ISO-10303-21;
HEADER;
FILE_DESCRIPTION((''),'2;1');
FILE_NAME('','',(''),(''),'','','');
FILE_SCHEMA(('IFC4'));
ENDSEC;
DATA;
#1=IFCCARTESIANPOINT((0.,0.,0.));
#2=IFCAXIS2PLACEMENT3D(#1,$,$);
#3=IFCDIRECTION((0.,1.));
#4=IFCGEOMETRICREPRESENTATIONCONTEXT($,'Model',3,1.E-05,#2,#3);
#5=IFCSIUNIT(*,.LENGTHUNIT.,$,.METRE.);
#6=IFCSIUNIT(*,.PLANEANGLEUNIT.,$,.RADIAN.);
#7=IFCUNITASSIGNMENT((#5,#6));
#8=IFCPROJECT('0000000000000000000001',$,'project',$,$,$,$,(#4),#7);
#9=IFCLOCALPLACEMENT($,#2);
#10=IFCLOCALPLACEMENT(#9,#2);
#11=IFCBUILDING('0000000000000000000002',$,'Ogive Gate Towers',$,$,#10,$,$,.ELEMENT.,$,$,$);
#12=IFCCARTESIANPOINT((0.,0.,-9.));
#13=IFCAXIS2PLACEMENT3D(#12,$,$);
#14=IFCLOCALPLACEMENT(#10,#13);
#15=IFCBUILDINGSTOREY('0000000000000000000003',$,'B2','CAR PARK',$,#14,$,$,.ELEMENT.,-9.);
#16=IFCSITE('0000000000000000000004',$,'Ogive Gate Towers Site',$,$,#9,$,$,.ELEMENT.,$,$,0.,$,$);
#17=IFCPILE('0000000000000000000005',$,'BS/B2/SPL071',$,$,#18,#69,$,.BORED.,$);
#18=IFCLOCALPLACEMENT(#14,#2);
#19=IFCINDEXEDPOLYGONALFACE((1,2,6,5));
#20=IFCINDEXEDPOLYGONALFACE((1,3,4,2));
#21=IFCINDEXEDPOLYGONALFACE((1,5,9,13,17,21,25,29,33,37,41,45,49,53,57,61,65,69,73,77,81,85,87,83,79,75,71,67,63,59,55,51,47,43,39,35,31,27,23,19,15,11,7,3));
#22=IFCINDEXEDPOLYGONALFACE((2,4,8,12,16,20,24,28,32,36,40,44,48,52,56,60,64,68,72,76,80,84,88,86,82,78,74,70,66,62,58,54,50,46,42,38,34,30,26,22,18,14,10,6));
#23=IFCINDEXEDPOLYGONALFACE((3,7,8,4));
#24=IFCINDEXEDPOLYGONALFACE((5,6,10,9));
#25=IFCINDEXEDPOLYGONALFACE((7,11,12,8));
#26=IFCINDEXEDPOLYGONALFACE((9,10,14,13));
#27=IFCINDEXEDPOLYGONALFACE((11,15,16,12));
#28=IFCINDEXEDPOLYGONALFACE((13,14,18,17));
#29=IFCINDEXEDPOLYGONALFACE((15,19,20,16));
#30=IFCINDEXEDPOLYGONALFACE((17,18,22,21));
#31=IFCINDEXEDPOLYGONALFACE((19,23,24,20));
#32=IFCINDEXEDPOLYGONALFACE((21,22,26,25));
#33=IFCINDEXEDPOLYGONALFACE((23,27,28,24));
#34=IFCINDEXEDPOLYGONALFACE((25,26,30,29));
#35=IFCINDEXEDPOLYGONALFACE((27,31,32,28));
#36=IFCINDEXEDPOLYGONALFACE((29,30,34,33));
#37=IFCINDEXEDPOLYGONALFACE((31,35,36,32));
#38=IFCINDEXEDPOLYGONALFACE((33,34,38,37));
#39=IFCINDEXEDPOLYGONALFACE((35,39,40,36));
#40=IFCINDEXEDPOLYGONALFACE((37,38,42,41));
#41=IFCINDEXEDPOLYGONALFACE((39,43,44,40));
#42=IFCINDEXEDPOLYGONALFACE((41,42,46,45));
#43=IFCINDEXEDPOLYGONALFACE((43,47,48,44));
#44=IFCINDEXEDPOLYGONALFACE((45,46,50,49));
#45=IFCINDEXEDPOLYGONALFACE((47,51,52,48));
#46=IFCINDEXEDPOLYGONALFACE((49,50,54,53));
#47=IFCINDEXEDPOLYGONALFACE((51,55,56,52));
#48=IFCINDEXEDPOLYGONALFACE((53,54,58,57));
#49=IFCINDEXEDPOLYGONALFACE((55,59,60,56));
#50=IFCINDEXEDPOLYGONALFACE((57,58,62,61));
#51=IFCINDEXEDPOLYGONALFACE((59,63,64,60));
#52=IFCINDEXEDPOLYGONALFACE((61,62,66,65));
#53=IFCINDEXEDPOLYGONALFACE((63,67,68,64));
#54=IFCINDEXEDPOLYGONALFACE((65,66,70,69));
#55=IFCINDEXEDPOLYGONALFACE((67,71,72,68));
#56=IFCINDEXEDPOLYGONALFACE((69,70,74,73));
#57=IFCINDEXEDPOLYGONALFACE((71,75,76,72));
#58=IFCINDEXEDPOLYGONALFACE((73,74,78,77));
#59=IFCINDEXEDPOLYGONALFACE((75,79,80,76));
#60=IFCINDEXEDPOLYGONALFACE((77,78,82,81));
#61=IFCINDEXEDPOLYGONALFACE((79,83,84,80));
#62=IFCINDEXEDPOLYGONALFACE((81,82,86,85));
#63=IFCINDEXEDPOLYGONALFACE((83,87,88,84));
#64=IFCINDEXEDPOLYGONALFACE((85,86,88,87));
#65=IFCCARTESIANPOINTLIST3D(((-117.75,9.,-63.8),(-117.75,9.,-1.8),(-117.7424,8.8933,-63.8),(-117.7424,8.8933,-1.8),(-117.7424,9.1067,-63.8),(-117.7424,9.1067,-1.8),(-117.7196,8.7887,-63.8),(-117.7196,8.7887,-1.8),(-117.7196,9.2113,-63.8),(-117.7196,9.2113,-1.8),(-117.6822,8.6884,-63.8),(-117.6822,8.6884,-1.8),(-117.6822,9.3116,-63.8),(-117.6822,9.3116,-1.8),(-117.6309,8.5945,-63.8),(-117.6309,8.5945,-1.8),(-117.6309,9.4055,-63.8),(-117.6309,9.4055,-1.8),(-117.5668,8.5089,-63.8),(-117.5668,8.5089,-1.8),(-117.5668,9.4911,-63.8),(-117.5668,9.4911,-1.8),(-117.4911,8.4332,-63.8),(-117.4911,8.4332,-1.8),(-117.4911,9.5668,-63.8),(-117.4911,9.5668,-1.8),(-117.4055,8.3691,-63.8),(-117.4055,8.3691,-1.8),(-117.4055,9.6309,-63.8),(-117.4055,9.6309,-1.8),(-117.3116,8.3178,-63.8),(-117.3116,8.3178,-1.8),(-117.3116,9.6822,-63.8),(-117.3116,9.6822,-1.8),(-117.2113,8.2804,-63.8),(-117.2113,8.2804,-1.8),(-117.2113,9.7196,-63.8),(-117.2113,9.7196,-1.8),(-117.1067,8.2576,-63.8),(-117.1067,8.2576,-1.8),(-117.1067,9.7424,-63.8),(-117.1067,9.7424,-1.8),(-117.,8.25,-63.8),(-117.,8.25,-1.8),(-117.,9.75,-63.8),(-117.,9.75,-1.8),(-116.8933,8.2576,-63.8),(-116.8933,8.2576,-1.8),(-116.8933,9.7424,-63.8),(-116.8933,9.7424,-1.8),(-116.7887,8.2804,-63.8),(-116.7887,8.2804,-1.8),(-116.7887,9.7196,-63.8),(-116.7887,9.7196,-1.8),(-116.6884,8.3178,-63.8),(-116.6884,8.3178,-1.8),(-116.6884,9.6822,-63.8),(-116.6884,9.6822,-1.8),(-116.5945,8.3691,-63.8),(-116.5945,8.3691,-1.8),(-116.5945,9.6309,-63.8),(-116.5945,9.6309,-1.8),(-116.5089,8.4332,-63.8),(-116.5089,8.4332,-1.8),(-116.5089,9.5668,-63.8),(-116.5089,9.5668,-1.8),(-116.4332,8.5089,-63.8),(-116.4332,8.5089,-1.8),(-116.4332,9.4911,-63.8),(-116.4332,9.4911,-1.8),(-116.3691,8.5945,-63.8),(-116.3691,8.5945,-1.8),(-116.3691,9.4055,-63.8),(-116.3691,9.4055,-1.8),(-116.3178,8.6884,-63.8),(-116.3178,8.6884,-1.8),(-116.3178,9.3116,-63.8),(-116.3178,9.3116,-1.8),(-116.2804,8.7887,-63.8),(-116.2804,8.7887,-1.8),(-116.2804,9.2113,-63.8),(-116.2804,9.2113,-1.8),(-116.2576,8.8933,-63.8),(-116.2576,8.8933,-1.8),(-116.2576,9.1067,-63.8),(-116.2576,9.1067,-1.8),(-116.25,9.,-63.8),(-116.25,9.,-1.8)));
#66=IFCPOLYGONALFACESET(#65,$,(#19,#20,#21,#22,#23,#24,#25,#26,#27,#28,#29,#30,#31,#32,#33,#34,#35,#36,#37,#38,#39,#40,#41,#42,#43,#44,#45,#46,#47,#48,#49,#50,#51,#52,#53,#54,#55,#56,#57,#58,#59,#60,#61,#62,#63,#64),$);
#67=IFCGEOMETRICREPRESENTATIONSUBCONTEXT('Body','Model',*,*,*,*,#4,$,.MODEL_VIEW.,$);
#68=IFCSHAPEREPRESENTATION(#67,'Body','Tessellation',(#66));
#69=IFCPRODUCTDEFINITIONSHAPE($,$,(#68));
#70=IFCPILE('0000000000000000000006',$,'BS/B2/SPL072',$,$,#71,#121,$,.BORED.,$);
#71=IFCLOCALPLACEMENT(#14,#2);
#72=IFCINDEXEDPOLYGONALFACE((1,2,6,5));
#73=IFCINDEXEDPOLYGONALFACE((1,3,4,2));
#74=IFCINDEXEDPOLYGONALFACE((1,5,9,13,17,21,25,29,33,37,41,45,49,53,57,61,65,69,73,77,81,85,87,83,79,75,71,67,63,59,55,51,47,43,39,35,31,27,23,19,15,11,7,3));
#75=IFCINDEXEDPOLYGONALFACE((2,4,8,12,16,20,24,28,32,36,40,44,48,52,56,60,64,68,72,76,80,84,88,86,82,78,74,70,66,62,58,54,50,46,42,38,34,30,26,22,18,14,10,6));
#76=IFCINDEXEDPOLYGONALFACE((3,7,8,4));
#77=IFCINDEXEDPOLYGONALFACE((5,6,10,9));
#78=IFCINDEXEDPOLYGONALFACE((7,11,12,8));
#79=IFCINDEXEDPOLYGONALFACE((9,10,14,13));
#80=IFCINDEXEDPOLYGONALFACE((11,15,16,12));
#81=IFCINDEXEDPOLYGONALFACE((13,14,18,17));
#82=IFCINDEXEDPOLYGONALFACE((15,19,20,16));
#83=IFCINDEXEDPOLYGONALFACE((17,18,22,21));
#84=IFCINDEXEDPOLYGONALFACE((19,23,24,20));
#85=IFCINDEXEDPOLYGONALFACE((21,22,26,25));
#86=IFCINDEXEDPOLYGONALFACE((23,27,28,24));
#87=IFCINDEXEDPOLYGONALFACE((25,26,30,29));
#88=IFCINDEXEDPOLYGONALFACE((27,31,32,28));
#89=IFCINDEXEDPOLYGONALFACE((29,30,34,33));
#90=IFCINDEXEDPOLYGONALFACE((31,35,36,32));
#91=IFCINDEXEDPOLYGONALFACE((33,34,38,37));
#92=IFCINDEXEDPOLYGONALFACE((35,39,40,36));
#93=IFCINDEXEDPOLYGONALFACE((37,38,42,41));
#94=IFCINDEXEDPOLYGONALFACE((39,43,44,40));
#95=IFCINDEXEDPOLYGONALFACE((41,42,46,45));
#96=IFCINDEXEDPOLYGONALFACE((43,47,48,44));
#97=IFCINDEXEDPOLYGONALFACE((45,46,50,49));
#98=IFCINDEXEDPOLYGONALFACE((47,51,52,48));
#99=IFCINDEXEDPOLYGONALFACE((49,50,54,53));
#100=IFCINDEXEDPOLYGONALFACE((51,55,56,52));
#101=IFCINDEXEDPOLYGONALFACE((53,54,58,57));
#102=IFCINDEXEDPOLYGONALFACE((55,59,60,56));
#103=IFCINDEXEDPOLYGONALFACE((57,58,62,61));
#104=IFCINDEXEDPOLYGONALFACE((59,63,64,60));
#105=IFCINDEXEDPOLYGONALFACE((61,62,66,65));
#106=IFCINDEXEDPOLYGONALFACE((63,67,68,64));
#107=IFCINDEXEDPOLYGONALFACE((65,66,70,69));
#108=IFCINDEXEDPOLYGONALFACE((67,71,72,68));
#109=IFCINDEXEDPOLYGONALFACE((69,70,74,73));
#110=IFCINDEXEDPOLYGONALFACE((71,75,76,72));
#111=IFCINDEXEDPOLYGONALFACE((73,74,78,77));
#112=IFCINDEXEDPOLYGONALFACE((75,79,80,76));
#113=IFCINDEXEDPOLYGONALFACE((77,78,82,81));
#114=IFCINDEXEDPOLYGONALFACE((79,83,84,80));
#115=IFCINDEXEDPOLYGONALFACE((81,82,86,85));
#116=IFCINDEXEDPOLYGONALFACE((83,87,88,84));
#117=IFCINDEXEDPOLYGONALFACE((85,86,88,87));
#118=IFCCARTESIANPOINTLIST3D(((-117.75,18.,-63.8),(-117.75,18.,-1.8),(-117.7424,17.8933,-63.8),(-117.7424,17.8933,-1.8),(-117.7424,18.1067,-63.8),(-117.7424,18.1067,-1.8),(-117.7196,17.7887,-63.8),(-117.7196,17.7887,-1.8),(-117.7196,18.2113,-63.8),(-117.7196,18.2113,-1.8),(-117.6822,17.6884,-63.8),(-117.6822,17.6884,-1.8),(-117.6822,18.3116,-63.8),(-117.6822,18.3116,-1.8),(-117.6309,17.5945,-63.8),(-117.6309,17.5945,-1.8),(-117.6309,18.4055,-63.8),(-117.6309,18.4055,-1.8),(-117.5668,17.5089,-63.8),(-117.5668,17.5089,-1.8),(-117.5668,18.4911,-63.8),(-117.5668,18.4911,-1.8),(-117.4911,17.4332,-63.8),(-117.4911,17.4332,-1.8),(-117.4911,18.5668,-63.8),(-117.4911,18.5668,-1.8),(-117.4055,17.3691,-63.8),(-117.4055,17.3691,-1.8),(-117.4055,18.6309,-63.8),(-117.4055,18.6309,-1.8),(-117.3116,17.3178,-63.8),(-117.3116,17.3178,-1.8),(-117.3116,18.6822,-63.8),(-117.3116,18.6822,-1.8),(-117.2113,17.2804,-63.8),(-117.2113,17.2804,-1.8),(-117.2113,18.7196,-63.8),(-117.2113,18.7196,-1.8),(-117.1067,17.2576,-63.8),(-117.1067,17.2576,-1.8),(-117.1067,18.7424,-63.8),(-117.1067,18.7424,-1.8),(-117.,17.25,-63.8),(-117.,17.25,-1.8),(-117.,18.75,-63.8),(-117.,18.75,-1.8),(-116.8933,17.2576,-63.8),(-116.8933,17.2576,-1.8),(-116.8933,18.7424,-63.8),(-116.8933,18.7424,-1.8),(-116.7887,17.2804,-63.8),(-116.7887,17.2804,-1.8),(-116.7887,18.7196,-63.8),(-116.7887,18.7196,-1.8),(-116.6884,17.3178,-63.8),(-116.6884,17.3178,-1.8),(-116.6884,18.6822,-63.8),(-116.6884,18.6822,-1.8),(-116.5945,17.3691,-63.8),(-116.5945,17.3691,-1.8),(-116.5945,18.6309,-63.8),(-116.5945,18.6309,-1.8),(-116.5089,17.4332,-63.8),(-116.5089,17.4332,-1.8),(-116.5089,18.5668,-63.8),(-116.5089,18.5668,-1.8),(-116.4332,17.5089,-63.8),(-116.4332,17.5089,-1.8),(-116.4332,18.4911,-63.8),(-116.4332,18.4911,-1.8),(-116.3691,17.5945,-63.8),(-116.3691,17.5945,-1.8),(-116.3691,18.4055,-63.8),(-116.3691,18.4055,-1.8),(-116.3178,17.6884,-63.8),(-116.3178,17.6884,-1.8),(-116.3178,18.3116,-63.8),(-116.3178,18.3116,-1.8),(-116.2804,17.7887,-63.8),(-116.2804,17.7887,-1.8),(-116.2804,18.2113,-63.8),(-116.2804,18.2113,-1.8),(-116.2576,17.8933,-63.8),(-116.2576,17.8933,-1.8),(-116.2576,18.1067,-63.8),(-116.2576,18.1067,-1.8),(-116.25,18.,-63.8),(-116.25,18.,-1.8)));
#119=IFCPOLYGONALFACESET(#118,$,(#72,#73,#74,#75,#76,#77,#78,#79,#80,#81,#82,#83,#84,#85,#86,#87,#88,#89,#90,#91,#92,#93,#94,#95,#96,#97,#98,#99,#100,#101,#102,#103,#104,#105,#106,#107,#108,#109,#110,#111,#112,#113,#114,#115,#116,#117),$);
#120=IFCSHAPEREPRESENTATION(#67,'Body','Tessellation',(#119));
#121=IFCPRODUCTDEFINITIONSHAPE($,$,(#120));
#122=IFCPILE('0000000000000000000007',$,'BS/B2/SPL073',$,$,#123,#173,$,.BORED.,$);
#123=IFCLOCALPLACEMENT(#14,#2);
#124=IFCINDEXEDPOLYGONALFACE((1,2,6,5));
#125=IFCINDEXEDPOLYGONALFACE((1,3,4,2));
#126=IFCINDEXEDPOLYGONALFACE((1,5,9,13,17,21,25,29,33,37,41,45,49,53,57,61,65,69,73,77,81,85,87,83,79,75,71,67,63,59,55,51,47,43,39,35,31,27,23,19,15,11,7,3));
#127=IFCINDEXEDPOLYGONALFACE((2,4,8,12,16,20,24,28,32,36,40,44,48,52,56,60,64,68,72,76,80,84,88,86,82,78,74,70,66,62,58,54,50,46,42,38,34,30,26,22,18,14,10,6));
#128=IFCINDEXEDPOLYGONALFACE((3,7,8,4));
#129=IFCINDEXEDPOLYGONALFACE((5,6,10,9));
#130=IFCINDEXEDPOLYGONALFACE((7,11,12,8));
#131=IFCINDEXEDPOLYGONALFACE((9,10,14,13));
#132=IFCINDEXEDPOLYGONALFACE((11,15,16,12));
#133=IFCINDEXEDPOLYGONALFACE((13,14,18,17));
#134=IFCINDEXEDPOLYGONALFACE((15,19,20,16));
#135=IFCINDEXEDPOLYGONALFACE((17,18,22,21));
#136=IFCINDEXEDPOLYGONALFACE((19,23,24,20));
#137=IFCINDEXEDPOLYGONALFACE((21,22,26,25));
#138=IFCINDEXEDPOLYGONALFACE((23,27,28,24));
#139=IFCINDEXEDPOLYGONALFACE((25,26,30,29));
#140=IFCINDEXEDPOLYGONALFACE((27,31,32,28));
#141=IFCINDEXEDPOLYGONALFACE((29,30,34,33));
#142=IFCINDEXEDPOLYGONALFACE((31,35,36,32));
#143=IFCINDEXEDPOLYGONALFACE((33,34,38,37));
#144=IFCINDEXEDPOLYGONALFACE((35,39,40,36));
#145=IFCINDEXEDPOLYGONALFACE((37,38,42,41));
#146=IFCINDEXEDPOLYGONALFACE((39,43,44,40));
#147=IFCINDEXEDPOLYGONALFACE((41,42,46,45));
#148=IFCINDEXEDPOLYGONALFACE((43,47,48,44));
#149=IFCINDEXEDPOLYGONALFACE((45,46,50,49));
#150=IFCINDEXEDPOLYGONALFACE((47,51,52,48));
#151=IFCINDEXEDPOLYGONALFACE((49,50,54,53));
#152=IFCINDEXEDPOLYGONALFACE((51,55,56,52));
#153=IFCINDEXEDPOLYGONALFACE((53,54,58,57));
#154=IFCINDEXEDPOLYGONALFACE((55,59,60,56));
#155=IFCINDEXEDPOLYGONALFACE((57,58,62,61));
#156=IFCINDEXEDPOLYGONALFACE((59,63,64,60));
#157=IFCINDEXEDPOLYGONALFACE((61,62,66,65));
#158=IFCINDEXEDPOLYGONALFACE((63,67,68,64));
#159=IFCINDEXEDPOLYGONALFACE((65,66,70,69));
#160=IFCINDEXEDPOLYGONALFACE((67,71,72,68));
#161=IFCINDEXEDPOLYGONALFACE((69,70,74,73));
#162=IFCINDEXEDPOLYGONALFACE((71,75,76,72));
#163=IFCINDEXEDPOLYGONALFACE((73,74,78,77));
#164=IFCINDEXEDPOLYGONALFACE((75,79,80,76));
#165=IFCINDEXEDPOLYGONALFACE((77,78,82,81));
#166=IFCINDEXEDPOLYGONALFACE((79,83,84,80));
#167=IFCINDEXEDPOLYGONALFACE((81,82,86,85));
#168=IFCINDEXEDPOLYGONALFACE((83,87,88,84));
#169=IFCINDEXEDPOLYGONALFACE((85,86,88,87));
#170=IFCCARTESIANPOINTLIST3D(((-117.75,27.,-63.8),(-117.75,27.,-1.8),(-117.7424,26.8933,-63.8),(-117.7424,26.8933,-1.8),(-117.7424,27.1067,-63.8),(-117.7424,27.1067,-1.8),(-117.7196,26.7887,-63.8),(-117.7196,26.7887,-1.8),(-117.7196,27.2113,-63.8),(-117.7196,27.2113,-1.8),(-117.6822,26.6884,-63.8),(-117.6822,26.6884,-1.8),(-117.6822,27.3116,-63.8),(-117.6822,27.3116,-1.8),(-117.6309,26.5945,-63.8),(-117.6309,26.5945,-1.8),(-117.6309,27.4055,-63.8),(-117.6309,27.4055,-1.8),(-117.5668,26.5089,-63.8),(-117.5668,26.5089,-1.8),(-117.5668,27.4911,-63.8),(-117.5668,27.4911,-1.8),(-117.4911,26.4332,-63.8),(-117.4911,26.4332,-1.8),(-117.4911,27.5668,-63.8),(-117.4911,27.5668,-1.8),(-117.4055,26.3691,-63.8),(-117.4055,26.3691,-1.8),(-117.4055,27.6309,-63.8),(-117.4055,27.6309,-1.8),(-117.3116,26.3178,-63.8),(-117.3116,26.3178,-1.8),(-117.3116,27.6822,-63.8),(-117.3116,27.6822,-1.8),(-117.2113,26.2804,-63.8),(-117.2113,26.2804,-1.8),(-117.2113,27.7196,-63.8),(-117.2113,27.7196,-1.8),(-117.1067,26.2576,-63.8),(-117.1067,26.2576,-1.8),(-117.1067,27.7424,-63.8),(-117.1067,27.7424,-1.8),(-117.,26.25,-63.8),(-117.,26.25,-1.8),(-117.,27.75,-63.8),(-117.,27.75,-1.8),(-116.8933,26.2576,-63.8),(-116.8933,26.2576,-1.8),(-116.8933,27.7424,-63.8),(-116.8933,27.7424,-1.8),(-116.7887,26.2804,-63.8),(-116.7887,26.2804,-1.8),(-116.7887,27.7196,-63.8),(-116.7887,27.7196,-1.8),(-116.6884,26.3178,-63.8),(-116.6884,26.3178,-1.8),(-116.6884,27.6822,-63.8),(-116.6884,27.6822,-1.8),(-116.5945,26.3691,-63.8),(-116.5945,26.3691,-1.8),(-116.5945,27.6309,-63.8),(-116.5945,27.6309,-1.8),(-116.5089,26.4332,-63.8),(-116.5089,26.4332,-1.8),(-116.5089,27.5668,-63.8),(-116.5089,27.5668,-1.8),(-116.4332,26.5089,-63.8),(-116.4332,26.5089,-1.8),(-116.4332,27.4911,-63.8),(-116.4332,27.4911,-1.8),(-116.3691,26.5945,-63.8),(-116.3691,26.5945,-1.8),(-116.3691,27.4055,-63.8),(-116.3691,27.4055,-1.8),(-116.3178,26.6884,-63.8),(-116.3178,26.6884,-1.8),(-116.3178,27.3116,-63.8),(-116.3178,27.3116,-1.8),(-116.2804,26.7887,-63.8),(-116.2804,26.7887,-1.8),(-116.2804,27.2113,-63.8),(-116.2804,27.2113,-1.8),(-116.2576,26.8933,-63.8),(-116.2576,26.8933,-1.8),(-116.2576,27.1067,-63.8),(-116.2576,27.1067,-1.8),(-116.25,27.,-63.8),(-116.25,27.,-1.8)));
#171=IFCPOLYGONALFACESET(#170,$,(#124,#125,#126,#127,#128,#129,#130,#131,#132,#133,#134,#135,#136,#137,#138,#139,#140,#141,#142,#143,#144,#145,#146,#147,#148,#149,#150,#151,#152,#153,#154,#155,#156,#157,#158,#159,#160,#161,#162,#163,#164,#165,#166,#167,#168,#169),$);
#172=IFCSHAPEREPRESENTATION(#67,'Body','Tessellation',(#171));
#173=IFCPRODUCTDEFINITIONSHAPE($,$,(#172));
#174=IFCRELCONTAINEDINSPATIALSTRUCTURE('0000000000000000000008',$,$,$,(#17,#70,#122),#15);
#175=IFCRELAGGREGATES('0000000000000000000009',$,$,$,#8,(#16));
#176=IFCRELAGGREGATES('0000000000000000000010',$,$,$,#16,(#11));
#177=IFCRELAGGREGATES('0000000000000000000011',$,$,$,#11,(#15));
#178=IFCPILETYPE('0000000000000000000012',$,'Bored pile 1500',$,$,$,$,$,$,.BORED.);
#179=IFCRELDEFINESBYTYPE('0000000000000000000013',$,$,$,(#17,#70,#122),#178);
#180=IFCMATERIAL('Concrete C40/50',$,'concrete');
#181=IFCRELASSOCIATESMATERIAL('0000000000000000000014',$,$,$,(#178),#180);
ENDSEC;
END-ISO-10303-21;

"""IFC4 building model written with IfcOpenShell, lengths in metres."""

from ifc_helpers import new_model, si_unit, direction, frame, origin, origin_2d, place, context, subcontext, project, spatial, circle, extrude, material, material_profile, profile_set, type_object, element, save


model = new_model("IFC4")

# Units and contexts
model_context = context("Model", 3, precision=1e-05, world=origin(), true_north=direction((0.0, 1.0)))
body_context = subcontext(model_context, "Body", "Model", "MODEL_VIEW")
ifc_project = project(units=[si_unit("LENGTHUNIT", "METRE"), si_unit("PLANEANGLEUNIT", "RADIAN")], contexts=[model_context])

# Site, building, storey
site_placement = place(None, origin())
site = spatial("IfcSite", under=ifc_project, at=site_placement, Name="Ogive Gate Towers Site", CompositionType="ELEMENT", RefElevation=0.0)
building_placement = place(site_placement, origin())
building = spatial("IfcBuilding", under=site, at=building_placement, Name="Ogive Gate Towers", CompositionType="ELEMENT")
storey_placement = place(building_placement, frame((0.0, 0.0, -9.0)))
storey = spatial("IfcBuildingStorey", under=building, at=storey_placement, Name="B2", Description="CAR PARK", CompositionType="ELEMENT", Elevation=-9.0)

# Piles
ifc_material_1 = material(Name="Concrete C40/50", Category="concrete")
ifc_material_profile_1 = material_profile(ifc_material_1, circle(Radius=0.75, at=origin_2d()), Name="BP 1500")
ifc_profile_set_1 = profile_set([ifc_material_profile_1], Name="Concrete C40/50")
pile_type = type_object("IfcPileType", Name="Bored pile 1500", PredefinedType="BORED", material=ifc_profile_set_1)
for number, where, z_axis, x_axis, name in (
    (1, (-117.0, 9.0, -1.8), (0.0, 0.0, -1.0), (1.0, 0.0, 0.0), "BS/B2/SPL071"),
    (2, (-117.0, 18.0, -1.8), (0.0, 0.0, -1.0), (1.0, 0.0, 0.0), "BS/B2/SPL072"),
    (3, (-117.0, 27.0, -1.8), (0.0, 0.0, -1.0), (1.0, 0.0, 0.0), "BS/B2/SPL073"),
):
    element("IfcPile", number, at=place(storey_placement, frame(where, z_axis=z_axis, x_axis=x_axis)), inside=storey, type_object=pile_type, Name=name, PredefinedType="BORED", context=body_context, shape_type="SweptSolid", body=[
        extrude(circle(Radius=0.75, at=origin_2d()), origin(), (0.0, 0.0, 1.0), 62.0),
    ])

save(model, "model.ifc")
